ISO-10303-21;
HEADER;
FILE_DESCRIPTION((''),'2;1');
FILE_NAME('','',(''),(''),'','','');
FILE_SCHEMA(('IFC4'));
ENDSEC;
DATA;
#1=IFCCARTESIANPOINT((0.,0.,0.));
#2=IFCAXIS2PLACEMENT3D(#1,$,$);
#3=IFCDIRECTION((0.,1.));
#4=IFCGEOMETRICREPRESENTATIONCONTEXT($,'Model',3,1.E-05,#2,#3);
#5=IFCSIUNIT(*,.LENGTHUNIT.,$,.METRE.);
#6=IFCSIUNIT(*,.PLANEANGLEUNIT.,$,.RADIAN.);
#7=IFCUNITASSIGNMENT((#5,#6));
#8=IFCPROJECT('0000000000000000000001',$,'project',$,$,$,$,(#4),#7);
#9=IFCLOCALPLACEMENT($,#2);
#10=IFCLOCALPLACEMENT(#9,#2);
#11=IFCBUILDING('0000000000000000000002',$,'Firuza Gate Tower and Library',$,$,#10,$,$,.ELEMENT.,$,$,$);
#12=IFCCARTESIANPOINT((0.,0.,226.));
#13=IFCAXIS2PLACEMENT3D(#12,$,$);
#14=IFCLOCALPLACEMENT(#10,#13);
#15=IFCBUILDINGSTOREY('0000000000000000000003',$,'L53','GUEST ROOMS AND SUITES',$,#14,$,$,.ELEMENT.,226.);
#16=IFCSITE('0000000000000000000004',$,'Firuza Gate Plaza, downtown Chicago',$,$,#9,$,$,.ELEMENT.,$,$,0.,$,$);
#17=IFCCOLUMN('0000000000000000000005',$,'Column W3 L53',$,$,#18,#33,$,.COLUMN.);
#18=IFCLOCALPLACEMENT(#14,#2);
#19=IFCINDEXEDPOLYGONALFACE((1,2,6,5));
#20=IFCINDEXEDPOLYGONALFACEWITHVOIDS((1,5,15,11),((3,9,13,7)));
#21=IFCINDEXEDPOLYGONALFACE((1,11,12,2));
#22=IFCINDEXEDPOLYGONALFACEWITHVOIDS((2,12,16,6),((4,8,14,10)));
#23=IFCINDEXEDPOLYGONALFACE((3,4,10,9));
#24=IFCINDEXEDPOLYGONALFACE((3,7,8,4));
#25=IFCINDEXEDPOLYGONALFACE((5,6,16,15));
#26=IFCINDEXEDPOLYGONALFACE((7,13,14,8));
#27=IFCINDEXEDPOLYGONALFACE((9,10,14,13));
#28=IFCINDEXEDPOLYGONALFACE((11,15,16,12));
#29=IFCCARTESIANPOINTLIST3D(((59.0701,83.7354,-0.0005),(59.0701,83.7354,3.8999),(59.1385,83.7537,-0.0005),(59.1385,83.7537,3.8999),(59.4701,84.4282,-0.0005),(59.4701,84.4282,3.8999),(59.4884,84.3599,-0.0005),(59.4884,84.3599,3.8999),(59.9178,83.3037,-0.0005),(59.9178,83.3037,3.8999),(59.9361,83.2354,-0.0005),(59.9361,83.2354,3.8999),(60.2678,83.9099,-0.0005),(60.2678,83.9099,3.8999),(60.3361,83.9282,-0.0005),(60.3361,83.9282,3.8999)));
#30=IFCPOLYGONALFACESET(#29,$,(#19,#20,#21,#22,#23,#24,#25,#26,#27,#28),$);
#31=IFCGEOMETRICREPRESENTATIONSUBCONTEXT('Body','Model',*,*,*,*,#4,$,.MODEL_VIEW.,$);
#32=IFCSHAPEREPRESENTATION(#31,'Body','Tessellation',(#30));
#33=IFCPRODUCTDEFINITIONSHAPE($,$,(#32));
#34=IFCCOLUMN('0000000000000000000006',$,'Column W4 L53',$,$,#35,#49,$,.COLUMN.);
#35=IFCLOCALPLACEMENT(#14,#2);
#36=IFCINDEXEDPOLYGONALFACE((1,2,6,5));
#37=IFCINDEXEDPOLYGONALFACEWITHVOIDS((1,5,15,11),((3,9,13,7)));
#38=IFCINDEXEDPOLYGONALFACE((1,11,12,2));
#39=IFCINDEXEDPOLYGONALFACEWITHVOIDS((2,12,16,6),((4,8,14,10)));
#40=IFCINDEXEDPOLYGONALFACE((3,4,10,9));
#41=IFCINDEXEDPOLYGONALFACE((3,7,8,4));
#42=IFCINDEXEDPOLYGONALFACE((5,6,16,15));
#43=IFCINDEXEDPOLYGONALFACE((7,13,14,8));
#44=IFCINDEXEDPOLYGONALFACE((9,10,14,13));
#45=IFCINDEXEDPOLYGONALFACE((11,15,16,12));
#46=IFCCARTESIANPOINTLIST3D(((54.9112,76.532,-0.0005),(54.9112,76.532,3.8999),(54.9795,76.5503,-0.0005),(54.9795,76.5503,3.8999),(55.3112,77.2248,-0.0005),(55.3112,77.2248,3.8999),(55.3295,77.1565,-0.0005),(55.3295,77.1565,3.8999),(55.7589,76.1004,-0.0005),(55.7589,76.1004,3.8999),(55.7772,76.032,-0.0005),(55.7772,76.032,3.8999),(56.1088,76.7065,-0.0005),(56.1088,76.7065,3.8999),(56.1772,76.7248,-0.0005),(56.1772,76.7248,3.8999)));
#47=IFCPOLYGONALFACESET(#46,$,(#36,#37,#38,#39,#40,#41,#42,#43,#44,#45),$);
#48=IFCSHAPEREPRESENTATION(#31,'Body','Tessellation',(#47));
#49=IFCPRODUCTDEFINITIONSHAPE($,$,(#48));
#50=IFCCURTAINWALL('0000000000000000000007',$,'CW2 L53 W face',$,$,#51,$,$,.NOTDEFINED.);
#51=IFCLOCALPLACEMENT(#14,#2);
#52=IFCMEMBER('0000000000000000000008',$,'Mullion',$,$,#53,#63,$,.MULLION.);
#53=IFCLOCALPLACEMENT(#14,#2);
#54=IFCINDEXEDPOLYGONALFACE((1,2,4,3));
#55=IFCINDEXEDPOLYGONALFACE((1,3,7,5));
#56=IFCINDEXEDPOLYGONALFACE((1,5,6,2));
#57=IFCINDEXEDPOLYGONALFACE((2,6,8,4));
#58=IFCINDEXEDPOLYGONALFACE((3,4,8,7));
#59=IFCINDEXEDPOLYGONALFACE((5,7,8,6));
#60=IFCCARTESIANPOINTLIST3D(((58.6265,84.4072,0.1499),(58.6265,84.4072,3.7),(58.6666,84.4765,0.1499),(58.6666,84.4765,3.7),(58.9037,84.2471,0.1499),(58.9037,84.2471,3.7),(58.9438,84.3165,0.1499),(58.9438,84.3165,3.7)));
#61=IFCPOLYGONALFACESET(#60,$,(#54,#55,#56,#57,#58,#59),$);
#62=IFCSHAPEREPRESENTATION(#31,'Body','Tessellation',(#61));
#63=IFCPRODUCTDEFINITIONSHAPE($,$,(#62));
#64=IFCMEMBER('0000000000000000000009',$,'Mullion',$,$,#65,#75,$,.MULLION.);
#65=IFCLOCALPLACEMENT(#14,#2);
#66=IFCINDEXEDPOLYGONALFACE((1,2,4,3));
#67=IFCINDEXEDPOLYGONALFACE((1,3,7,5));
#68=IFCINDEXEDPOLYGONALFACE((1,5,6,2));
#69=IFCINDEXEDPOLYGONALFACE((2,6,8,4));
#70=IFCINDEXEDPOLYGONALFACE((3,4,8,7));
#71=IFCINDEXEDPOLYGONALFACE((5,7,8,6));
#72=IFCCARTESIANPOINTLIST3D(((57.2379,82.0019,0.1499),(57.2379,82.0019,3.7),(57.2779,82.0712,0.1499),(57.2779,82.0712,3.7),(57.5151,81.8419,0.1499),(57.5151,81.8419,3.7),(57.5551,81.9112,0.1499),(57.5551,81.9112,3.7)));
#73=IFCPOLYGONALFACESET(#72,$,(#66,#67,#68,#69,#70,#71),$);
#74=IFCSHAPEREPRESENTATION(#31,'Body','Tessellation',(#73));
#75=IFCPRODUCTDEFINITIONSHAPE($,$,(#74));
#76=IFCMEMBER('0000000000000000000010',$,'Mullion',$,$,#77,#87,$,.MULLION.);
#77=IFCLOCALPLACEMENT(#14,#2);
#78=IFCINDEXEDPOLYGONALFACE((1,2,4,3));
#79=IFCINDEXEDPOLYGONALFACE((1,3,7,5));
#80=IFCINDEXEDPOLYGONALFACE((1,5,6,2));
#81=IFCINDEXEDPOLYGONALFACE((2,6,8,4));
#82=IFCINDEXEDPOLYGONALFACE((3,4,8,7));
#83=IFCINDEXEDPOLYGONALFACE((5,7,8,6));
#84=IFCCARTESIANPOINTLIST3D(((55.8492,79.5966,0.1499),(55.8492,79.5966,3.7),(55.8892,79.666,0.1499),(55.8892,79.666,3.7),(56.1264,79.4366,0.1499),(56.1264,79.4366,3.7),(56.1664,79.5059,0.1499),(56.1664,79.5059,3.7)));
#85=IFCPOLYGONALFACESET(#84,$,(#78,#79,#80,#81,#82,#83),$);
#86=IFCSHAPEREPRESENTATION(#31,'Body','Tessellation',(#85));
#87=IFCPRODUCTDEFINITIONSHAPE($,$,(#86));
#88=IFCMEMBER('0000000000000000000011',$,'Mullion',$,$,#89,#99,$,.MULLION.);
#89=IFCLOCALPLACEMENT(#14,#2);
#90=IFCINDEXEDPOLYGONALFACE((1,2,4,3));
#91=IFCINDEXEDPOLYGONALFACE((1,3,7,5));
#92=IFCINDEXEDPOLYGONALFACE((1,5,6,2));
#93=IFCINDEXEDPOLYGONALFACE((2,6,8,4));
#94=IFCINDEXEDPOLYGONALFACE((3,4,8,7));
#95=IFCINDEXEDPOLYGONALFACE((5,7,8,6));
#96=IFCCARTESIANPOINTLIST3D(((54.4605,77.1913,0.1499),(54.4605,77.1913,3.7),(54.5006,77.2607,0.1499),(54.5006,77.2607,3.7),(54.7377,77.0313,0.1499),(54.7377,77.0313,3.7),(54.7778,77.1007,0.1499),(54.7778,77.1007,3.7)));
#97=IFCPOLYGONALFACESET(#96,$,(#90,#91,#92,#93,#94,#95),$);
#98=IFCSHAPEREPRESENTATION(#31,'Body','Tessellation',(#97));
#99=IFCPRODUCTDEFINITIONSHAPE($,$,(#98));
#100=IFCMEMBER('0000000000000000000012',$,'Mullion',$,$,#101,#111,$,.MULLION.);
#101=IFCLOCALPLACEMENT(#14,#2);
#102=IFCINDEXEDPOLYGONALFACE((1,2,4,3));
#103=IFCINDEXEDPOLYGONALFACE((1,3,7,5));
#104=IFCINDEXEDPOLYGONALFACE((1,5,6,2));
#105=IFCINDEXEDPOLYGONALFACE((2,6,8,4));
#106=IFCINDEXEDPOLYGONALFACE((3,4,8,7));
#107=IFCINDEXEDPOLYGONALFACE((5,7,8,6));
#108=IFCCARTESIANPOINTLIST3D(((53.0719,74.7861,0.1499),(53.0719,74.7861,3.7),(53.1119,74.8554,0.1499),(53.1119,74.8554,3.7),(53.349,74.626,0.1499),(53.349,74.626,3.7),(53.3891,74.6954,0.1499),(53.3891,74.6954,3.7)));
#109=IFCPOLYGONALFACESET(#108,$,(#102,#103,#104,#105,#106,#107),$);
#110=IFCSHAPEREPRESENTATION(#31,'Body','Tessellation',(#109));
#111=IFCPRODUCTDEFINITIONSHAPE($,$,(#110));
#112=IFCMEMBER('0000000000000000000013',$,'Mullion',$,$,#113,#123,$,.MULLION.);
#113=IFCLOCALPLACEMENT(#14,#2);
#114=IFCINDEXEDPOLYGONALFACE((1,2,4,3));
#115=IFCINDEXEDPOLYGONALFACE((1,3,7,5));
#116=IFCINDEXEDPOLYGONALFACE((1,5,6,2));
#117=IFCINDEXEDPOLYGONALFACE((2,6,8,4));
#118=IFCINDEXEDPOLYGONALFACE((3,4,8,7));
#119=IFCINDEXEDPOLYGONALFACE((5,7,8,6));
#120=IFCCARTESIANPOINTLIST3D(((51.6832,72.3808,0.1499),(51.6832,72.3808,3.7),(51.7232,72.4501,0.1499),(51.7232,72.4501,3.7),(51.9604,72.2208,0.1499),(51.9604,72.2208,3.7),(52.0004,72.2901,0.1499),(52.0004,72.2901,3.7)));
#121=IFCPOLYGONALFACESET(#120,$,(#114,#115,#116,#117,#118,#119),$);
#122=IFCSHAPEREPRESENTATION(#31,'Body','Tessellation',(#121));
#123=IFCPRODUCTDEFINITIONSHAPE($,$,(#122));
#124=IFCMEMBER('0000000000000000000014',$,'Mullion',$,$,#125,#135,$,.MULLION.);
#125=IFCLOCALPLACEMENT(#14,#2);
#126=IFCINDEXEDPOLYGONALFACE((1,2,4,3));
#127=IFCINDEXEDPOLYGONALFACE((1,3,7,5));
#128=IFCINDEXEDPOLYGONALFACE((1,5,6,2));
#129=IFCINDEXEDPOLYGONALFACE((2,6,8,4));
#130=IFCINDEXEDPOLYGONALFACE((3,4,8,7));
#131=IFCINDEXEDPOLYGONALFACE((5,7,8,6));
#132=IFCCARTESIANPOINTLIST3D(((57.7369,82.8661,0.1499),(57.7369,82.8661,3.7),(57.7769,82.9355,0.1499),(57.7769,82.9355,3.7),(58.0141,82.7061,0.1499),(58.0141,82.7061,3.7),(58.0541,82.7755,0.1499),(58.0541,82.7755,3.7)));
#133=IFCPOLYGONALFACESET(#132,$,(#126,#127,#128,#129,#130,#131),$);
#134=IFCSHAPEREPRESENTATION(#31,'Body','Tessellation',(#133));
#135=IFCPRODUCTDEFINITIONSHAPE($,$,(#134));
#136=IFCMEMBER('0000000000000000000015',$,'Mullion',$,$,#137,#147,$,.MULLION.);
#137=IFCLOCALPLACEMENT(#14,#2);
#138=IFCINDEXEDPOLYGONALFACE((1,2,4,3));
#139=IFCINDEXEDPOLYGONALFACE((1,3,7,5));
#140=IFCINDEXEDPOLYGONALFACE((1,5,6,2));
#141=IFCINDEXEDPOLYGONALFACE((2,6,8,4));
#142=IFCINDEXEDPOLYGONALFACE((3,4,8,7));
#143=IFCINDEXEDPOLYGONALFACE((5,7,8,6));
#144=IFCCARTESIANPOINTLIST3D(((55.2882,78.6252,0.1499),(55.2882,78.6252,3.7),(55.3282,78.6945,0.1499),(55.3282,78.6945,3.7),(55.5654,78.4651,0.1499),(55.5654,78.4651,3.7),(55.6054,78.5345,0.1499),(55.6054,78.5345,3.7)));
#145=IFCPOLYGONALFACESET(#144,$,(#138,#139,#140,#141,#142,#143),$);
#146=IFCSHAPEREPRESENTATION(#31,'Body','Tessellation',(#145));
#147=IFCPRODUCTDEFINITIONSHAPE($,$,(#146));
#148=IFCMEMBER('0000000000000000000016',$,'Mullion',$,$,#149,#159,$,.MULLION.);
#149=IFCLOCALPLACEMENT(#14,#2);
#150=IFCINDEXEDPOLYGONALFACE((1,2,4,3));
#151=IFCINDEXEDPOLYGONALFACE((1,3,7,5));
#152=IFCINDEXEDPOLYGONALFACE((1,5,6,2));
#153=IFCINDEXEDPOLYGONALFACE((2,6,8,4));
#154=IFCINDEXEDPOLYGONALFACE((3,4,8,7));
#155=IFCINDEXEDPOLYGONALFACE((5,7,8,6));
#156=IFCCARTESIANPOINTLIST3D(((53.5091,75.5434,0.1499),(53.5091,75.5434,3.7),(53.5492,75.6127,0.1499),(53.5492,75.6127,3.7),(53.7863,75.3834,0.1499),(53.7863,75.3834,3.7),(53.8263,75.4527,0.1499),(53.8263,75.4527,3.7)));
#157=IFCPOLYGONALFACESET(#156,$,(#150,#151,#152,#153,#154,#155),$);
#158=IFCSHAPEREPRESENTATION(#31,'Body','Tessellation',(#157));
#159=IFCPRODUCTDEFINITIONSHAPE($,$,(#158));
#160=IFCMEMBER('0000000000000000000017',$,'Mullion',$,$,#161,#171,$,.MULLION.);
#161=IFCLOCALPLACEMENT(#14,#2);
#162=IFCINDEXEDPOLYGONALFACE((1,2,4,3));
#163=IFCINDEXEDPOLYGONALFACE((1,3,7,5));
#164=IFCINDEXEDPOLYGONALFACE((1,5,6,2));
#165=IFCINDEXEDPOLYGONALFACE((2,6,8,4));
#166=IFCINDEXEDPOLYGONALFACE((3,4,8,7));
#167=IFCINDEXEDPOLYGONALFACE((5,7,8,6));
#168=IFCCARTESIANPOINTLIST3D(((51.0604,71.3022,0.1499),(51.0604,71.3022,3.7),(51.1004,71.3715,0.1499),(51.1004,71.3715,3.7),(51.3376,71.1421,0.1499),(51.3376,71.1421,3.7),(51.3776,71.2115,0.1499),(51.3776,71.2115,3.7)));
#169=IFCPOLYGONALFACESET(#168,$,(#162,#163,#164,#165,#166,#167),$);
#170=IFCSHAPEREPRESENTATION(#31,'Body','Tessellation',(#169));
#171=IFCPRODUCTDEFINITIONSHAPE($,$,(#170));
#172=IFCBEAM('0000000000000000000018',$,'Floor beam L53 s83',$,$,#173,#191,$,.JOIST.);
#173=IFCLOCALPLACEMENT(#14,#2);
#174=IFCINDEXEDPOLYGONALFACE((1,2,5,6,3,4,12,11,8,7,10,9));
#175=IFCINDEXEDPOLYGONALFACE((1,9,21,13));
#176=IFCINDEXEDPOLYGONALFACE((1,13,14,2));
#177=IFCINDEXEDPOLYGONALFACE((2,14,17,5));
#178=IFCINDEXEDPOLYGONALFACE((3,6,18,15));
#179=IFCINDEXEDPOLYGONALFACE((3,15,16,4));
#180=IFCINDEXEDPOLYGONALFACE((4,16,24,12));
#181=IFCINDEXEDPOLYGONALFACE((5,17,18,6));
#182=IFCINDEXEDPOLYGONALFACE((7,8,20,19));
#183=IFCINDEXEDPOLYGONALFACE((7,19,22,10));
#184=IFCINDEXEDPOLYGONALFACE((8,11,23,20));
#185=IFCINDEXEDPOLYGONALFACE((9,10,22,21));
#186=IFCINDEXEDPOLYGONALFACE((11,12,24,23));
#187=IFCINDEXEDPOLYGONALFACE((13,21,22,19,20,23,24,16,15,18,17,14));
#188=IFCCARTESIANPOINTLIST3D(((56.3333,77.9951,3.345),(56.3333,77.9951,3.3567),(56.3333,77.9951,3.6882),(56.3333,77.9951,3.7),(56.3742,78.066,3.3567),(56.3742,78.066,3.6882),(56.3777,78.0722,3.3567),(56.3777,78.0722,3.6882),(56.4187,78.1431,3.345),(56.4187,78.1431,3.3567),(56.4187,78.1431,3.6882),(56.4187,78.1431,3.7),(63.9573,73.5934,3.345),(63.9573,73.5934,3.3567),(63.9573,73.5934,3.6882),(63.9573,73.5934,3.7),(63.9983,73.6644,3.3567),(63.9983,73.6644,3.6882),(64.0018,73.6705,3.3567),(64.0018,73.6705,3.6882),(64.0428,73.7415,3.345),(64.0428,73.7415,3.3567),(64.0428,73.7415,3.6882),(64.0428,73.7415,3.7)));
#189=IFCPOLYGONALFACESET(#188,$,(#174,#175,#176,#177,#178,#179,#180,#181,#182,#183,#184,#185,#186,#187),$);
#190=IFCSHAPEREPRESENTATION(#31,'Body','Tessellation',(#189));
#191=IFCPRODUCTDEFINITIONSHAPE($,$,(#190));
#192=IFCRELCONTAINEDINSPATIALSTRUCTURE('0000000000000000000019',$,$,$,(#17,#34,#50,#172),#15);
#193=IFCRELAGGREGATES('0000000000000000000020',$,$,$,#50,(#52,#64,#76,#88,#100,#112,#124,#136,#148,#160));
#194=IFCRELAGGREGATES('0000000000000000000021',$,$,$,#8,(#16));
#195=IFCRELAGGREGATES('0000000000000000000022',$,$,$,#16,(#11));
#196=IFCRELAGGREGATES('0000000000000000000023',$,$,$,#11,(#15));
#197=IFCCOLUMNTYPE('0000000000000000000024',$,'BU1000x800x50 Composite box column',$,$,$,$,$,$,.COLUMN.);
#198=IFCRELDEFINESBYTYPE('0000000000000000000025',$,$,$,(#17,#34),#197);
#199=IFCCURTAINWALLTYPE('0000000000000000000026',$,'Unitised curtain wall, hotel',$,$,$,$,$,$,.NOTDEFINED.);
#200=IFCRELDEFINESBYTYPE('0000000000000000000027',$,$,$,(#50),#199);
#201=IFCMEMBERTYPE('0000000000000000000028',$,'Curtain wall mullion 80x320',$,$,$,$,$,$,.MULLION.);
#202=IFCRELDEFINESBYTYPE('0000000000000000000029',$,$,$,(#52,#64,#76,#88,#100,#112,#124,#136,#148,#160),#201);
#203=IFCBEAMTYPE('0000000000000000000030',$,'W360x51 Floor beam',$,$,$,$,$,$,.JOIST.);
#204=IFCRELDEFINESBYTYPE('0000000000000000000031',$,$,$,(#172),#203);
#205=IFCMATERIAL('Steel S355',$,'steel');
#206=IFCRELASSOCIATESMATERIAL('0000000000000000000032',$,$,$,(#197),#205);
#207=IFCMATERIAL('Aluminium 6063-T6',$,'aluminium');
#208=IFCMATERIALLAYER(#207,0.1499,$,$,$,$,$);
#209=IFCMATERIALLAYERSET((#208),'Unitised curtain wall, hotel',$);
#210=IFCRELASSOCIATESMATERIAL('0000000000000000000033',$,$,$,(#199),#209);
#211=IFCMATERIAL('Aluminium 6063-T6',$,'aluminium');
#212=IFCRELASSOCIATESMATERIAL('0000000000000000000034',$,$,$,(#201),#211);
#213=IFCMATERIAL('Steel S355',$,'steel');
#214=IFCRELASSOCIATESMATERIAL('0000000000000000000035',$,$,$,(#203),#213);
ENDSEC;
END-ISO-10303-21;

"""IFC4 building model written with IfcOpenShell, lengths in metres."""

from ifc_helpers import new_model, si_unit, direction, frame, origin, origin_2d, place, context, subcontext, project, spatial, rectangle, hollow_rectangle, i_section, extrude, material, layer, layer_set, material_profile, profile_set, type_object, element, aggregate, save


model = new_model("IFC4")

# Units and contexts
model_context = context("Model", 3, precision=1e-05, world=origin(), true_north=direction((0.0, 1.0)))
body_context = subcontext(model_context, "Body", "Model", "MODEL_VIEW")
ifc_project = project(units=[si_unit("LENGTHUNIT", "METRE"), si_unit("PLANEANGLEUNIT", "RADIAN")], contexts=[model_context])

# Site, building, storey
site_placement = place(None, origin())
site = spatial("IfcSite", under=ifc_project, at=site_placement, Name="Firuza Gate Plaza, downtown Chicago", CompositionType="ELEMENT", RefElevation=0.0)
building_placement = place(site_placement, origin())
building = spatial("IfcBuilding", under=site, at=building_placement, Name="Firuza Gate Tower and Library", CompositionType="ELEMENT")
storey_placement = place(building_placement, frame((0.0, 0.0, 226.0)))
storey = spatial("IfcBuildingStorey", under=building, at=storey_placement, Name="L53", Description="GUEST ROOMS AND SUITES", CompositionType="ELEMENT", Elevation=226.0)

# Columns
ifc_material_1 = material(Name="Steel S355", Category="steel")
ifc_material_profile_1 = material_profile(ifc_material_1, hollow_rectangle(XDim=0.8, YDim=1.0, WallThickness=0.05, at=origin_2d()))
ifc_profile_set_1 = profile_set([ifc_material_profile_1], Name="Steel S355")
column_type = type_object("IfcColumnType", Name="BU1000x800x50 Composite box column", PredefinedType="COLUMN", material=ifc_profile_set_1)
for number, where, z_axis, x_axis, name in (
    (1, (59.7031, 83.8318, -0.0005), (0.0, 0.0, 1.0), (-0.5, -0.866025, 0.0), "Column W3 L53"),
    (2, (55.5442, 76.6284, -0.0005), (0.0, 0.0, 1.0), (-0.5, -0.866025, 0.0), "Column W4 L53"),
):
    element("IfcColumn", number, at=place(storey_placement, frame(where, z_axis=z_axis, x_axis=x_axis)), inside=storey, type_object=column_type, Name=name, PredefinedType="COLUMN", context=body_context, shape_type="SweptSolid", body=[
        extrude(hollow_rectangle(XDim=0.8, YDim=1.0, WallThickness=0.05, at=origin_2d()), origin(), (0.0, 0.0, 1.0), 3.9004),
    ])

# Curtain wall, members
ifc_material_2 = material(Name="Aluminium 6063-T6", Category="aluminium")
ifc_layer_1 = layer(ifc_material_2, 0.1499)
ifc_layer_set_1 = layer_set([ifc_layer_1], Name="Unitised curtain wall, hotel")
curtain_wall_type = type_object("IfcCurtainWallType", Name="Unitised curtain wall, hotel", PredefinedType="NOTDEFINED", material=ifc_layer_set_1)
curtain_wall_placement = place(storey_placement, origin())
curtain_wall = element("IfcCurtainWall", 3, at=curtain_wall_placement, inside=storey, type_object=curtain_wall_type, Name="CW2 L53 W face", PredefinedType="NOTDEFINED")
ifc_material_3 = material(Name="Aluminium 6063-T6", Category="aluminium")
ifc_material_profile_2 = material_profile(ifc_material_3, rectangle(XDim=0.3201, YDim=0.0801, at=origin_2d()))
ifc_profile_set_2 = profile_set([ifc_material_profile_2], Name="Aluminium 6063-T6")
member_type = type_object("IfcMemberType", Name="Curtain wall mullion 80x320", PredefinedType="MULLION", material=ifc_profile_set_2)
member_1_placement = place(storey_placement, frame((58.7852, 84.3618, 0.1499), z_axis=(0.0, 0.0, 1.0), x_axis=(0.866025, -0.5, 0.0)))
member_1 = element("IfcMember", 4, at=member_1_placement, type_object=member_type, Name="Mullion", PredefinedType="MULLION", context=body_context, shape_type="SweptSolid", body=[
    extrude(rectangle(XDim=0.3201, YDim=0.0801, at=origin_2d()), origin(), (0.0, 0.0, 1.0), 3.55),
])
member_2_placement = place(storey_placement, frame((57.3965, 81.9565, 0.1499), z_axis=(0.0, 0.0, 1.0), x_axis=(0.866025, -0.5, 0.0)))
member_2 = element("IfcMember", 5, at=member_2_placement, type_object=member_type, Name="Mullion", PredefinedType="MULLION", context=body_context, shape_type="SweptSolid", body=[
    extrude(rectangle(XDim=0.3201, YDim=0.0801, at=origin_2d()), origin(), (0.0, 0.0, 1.0), 3.55),
])
member_3_placement = place(storey_placement, frame((56.0078, 79.5513, 0.1499), z_axis=(0.0, 0.0, 1.0), x_axis=(0.866025, -0.5, 0.0)))
member_3 = element("IfcMember", 6, at=member_3_placement, type_object=member_type, Name="Mullion", PredefinedType="MULLION", context=body_context, shape_type="SweptSolid", body=[
    extrude(rectangle(XDim=0.3201, YDim=0.0801, at=origin_2d()), origin(), (0.0, 0.0, 1.0), 3.55),
])
member_4_placement = place(storey_placement, frame((54.6191, 77.146, 0.1499), z_axis=(0.0, 0.0, 1.0), x_axis=(0.866025, -0.5, 0.0)))
member_4 = element("IfcMember", 7, at=member_4_placement, type_object=member_type, Name="Mullion", PredefinedType="MULLION", context=body_context, shape_type="SweptSolid", body=[
    extrude(rectangle(XDim=0.3201, YDim=0.0801, at=origin_2d()), origin(), (0.0, 0.0, 1.0), 3.55),
])
member_5_placement = place(storey_placement, frame((53.2305, 74.7407, 0.1499), z_axis=(0.0, 0.0, 1.0), x_axis=(0.866025, -0.5, 0.0)))
member_5 = element("IfcMember", 8, at=member_5_placement, type_object=member_type, Name="Mullion", PredefinedType="MULLION", context=body_context, shape_type="SweptSolid", body=[
    extrude(rectangle(XDim=0.3201, YDim=0.0801, at=origin_2d()), origin(), (0.0, 0.0, 1.0), 3.55),
])
member_6_placement = place(storey_placement, frame((51.8418, 72.3354, 0.1499), z_axis=(0.0, 0.0, 1.0), x_axis=(0.866025, -0.5, 0.0)))
member_6 = element("IfcMember", 9, at=member_6_placement, type_object=member_type, Name="Mullion", PredefinedType="MULLION", context=body_context, shape_type="SweptSolid", body=[
    extrude(rectangle(XDim=0.3201, YDim=0.0801, at=origin_2d()), origin(), (0.0, 0.0, 1.0), 3.55),
])
member_7_placement = place(storey_placement, frame((57.8955, 82.8208, 0.1499), z_axis=(0.0, 0.0, 1.0), x_axis=(0.866025, -0.5, 0.0)))
member_7 = element("IfcMember", 10, at=member_7_placement, type_object=member_type, Name="Mullion", PredefinedType="MULLION", context=body_context, shape_type="SweptSolid", body=[
    extrude(rectangle(XDim=0.3201, YDim=0.0801, at=origin_2d()), origin(), (0.0, 0.0, 1.0), 3.55),
])
member_8_placement = place(storey_placement, frame((55.4468, 78.5798, 0.1499), z_axis=(0.0, 0.0, 1.0), x_axis=(0.866025, -0.5, 0.0)))
member_8 = element("IfcMember", 11, at=member_8_placement, type_object=member_type, Name="Mullion", PredefinedType="MULLION", context=body_context, shape_type="SweptSolid", body=[
    extrude(rectangle(XDim=0.3201, YDim=0.0801, at=origin_2d()), origin(), (0.0, 0.0, 1.0), 3.55),
])
member_9_placement = place(storey_placement, frame((53.6677, 75.498, 0.1499), z_axis=(0.0, 0.0, 1.0), x_axis=(0.866025, -0.5, 0.0)))
member_9 = element("IfcMember", 12, at=member_9_placement, type_object=member_type, Name="Mullion", PredefinedType="MULLION", context=body_context, shape_type="SweptSolid", body=[
    extrude(rectangle(XDim=0.3201, YDim=0.0801, at=origin_2d()), origin(), (0.0, 0.0, 1.0), 3.55),
])
member_10_placement = place(storey_placement, frame((51.219, 71.2568, 0.1499), z_axis=(0.0, 0.0, 1.0), x_axis=(0.866025, -0.5, 0.0)))
member_10 = element("IfcMember", 13, at=member_10_placement, type_object=member_type, Name="Mullion", PredefinedType="MULLION", context=body_context, shape_type="SweptSolid", body=[
    extrude(rectangle(XDim=0.3201, YDim=0.0801, at=origin_2d()), origin(), (0.0, 0.0, 1.0), 3.55),
])

# Beam
ifc_material_4 = material(Name="Steel S355", Category="steel")
ifc_material_profile_3 = material_profile(ifc_material_4, i_section(OverallWidth=0.1709, OverallDepth=0.355, WebThickness=0.0071, FlangeThickness=0.0117, at=origin_2d()))
ifc_profile_set_3 = profile_set([ifc_material_profile_3], Name="Steel S355")
beam_type_1 = type_object("IfcBeamType", Name="W360x51 Floor beam", PredefinedType="JOIST", material=ifc_profile_set_3)
beam_1_placement = place(storey_placement, frame((56.376, 78.0691, 3.5225), z_axis=(0.866031, -0.49999, 0.0), x_axis=(0.49999, 0.866031, 0.0)))
element("IfcBeam", 14, at=beam_1_placement, inside=storey, type_object=beam_type_1, Name="Floor beam L53 s83", PredefinedType="JOIST", context=body_context, shape_type="SweptSolid", body=[
    extrude(i_section(OverallWidth=0.1709, OverallDepth=0.355, WebThickness=0.0071, FlangeThickness=0.0117, at=origin_2d()), origin(), (0.0, 0.0, 1.0), 8.8035),
])

aggregate(curtain_wall, [member_1, member_2, member_3, member_4, member_5, member_6, member_7, member_8, member_9, member_10])

save(model, "model.ifc")
